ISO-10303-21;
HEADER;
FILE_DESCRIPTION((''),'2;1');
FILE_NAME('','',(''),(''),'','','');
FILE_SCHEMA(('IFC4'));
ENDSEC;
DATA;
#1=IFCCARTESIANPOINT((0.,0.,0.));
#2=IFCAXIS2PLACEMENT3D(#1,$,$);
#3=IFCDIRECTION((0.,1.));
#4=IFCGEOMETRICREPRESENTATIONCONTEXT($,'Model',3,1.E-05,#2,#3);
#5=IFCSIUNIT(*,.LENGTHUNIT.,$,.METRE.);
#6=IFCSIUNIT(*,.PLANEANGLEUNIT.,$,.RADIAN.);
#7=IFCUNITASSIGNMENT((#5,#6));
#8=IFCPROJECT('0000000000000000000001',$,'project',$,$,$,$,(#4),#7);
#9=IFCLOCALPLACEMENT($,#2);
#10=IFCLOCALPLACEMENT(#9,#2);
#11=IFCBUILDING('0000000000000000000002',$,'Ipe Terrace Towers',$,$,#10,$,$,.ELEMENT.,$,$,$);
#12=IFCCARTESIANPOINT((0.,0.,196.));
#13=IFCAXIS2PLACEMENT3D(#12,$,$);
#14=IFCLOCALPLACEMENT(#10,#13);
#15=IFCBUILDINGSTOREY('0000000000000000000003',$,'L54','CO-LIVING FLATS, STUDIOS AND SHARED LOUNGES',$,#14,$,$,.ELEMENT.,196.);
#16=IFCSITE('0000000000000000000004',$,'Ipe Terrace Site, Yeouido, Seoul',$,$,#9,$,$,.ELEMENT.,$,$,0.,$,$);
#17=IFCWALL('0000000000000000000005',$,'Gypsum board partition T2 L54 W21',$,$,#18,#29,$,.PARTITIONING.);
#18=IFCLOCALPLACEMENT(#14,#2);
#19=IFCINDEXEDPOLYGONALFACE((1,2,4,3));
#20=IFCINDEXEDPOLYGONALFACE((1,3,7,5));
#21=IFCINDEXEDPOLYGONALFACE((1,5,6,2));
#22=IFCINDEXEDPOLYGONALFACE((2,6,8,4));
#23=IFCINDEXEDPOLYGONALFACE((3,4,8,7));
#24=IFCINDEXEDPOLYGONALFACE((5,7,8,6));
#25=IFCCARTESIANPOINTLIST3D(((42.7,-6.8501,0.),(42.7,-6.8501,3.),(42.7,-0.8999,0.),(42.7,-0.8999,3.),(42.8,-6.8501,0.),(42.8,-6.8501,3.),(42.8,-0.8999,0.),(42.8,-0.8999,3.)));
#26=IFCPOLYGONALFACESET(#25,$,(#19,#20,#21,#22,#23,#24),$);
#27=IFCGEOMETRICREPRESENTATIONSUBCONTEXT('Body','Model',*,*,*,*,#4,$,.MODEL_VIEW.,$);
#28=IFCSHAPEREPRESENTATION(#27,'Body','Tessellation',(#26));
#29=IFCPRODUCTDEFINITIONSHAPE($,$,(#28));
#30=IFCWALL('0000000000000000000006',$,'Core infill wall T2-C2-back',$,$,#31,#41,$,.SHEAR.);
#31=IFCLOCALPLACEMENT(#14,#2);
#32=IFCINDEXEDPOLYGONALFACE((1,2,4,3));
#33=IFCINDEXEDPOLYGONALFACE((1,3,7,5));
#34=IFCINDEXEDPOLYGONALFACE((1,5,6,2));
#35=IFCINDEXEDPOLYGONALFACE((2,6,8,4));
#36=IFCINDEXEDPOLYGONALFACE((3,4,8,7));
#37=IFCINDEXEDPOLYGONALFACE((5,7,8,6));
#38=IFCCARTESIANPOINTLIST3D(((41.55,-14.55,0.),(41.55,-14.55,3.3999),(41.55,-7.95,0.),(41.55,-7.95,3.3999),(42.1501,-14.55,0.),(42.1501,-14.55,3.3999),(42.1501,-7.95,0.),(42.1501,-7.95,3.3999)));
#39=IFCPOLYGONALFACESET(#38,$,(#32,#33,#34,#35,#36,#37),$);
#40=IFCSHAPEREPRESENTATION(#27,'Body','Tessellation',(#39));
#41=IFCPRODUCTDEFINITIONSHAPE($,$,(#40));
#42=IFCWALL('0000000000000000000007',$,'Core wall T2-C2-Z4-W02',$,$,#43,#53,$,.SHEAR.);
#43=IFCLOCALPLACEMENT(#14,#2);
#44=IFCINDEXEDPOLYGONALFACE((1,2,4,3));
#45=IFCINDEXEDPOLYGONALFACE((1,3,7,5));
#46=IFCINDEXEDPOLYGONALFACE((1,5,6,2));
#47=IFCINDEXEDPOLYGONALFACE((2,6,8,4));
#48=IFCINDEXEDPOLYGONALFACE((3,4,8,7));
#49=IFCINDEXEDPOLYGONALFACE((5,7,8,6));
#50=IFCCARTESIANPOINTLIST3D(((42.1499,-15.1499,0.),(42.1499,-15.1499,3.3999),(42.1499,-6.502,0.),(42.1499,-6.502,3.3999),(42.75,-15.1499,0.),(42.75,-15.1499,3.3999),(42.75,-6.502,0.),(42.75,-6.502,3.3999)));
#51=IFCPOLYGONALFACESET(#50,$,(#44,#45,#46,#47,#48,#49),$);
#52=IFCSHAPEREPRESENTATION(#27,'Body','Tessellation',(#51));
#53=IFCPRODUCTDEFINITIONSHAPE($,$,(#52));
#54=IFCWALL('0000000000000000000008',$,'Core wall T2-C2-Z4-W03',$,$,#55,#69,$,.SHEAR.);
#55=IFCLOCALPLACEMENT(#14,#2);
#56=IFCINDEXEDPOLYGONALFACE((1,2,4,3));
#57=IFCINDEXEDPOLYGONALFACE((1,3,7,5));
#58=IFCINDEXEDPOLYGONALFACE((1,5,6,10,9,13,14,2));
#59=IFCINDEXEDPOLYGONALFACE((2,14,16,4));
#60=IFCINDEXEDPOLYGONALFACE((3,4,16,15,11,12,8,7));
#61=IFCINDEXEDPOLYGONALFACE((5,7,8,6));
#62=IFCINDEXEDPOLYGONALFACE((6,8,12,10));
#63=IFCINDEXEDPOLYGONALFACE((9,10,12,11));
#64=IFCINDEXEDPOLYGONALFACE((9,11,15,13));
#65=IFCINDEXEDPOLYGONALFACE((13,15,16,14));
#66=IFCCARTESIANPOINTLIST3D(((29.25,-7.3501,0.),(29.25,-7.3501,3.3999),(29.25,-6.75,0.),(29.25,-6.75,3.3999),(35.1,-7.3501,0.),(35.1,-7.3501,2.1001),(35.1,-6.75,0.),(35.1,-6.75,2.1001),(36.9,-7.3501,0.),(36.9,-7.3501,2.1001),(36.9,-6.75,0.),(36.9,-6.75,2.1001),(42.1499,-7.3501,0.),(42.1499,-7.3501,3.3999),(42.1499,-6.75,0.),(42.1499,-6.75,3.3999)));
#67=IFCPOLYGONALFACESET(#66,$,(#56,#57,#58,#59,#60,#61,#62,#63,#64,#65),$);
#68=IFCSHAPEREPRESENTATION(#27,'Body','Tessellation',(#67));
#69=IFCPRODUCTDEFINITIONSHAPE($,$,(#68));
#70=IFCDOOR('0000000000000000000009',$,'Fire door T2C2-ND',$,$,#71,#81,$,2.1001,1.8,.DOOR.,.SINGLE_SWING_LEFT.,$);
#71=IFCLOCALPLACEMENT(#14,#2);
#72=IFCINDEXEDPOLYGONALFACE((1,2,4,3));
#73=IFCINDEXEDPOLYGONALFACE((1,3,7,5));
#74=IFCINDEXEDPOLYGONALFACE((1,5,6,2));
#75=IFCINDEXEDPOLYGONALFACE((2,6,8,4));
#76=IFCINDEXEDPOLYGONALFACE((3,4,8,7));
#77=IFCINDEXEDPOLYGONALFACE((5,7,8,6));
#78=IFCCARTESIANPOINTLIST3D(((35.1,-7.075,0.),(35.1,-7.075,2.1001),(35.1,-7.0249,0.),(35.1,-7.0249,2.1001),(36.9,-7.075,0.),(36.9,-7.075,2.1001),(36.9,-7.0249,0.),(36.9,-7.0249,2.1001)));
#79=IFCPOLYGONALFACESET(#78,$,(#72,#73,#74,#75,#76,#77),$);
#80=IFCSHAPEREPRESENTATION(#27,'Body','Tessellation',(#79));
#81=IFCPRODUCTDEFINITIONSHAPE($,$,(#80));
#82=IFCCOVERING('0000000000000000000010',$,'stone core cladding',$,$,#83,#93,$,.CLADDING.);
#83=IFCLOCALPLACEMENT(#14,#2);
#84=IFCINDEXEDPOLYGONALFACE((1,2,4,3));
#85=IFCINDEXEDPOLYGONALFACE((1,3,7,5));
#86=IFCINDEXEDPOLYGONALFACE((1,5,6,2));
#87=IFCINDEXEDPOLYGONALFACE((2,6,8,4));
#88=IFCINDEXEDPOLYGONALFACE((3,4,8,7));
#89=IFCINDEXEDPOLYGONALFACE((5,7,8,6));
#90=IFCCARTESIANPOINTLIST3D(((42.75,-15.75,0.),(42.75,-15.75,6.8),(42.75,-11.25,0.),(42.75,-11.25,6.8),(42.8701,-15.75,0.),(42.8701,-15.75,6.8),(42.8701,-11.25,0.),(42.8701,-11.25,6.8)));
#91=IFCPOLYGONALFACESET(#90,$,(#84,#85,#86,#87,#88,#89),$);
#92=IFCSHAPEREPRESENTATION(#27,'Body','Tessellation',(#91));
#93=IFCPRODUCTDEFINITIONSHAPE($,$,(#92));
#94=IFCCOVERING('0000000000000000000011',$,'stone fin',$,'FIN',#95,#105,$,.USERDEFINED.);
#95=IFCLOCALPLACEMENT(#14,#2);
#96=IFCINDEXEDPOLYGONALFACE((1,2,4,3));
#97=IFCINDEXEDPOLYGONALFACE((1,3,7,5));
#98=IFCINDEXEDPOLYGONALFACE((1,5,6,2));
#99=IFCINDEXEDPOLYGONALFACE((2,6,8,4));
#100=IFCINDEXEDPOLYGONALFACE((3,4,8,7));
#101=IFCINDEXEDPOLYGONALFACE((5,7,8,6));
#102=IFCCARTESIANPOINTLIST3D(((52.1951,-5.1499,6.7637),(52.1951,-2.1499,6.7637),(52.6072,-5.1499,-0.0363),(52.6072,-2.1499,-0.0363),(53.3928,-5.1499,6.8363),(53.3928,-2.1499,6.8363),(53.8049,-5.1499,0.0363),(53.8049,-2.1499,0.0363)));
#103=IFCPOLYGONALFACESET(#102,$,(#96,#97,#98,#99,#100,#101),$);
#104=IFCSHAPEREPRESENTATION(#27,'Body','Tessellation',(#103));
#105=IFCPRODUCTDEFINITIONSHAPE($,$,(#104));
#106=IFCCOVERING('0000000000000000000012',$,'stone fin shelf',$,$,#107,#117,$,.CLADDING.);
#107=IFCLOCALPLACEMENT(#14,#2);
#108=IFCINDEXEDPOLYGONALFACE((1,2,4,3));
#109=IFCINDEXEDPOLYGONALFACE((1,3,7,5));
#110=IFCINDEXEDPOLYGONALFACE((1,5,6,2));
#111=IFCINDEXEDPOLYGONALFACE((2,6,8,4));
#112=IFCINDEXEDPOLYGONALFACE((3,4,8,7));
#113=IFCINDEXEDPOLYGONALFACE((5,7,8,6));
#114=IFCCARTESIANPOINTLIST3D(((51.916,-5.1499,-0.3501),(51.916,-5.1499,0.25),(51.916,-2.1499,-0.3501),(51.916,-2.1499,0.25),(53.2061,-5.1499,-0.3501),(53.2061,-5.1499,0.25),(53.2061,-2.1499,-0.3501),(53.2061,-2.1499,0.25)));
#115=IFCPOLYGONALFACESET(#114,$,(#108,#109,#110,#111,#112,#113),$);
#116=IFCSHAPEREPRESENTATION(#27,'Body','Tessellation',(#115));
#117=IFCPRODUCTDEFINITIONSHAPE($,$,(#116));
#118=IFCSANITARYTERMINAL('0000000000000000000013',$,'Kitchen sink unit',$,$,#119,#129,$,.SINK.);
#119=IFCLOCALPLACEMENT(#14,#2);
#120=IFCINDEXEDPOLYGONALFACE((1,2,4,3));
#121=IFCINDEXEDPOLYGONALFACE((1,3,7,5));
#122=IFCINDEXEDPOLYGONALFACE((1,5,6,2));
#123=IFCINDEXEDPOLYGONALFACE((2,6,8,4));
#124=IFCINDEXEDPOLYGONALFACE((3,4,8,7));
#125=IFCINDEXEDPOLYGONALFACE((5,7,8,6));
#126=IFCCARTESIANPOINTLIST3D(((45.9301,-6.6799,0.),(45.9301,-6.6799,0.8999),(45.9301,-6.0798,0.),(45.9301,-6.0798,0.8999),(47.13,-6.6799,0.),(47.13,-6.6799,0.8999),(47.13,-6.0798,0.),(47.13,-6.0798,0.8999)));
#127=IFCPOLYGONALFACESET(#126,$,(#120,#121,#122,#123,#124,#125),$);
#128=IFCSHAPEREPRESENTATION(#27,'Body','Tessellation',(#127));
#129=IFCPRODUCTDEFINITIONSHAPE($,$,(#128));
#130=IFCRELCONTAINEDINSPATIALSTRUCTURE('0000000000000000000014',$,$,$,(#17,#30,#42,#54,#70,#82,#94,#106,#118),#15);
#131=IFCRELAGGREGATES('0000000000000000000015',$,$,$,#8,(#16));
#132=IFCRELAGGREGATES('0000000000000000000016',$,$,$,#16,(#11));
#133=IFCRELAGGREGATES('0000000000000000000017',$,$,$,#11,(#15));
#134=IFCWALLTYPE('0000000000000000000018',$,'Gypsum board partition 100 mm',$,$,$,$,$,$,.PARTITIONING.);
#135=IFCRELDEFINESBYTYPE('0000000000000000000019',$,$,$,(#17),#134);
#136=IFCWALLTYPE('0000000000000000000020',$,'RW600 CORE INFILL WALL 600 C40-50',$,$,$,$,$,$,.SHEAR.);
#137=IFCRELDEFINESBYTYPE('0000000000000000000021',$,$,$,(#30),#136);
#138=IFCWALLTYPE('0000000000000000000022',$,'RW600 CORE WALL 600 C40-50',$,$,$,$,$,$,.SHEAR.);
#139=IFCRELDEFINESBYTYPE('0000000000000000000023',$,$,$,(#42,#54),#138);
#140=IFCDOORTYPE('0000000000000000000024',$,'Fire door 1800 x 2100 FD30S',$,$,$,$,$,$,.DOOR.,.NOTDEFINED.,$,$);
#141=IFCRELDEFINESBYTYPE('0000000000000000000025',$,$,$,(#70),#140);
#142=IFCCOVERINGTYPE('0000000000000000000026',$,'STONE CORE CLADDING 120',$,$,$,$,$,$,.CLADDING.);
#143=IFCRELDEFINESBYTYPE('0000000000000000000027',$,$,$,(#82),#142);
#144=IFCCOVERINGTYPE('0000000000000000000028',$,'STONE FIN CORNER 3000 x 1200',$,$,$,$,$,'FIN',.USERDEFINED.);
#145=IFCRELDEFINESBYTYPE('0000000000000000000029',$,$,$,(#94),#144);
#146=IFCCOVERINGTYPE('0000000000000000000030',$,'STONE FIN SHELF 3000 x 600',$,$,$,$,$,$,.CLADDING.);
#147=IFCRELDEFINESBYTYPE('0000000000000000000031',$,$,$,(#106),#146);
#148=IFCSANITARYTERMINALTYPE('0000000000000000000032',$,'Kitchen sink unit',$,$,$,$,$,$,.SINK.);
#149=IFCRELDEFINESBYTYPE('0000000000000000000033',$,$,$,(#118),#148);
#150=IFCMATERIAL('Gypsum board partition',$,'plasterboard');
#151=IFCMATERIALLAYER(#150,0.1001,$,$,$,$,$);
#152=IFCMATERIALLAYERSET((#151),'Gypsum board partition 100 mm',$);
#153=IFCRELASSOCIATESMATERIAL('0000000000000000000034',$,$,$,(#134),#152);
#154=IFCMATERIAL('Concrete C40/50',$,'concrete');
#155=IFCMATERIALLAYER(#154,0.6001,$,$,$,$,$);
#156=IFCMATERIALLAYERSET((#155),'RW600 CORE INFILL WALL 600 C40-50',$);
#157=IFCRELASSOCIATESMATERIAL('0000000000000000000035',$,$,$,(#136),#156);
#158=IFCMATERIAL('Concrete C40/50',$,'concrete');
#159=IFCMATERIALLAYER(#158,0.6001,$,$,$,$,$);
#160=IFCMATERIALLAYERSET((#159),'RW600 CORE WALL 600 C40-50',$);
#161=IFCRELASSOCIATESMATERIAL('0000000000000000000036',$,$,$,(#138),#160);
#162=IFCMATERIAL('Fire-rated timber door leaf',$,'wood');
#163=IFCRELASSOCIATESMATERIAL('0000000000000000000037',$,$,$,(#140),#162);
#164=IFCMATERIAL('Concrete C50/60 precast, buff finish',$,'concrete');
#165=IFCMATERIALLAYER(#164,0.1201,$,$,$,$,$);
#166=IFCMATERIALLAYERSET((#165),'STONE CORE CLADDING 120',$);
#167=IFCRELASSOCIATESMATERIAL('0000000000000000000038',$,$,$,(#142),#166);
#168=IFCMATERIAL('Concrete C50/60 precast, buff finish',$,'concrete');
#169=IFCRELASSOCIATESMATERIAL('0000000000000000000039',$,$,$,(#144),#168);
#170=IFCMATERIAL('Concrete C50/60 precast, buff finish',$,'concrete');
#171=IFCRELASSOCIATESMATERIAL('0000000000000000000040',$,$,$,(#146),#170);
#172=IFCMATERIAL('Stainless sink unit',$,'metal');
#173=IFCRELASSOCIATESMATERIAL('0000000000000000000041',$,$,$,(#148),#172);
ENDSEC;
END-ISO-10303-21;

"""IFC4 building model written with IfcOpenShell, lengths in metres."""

from ifc_helpers import new_model, si_unit, direction, frame, frame_2d, origin, origin_2d, place, context, subcontext, project, spatial, rectangle, extrude, material, layer, layer_set, material_profile, profile_set, type_object, element, fill, save


model = new_model("IFC4")

# Units and contexts
model_context = context("Model", 3, precision=1e-05, world=origin(), true_north=direction((0.0, 1.0)))
body_context = subcontext(model_context, "Body", "Model", "MODEL_VIEW")
ifc_project = project(units=[si_unit("LENGTHUNIT", "METRE"), si_unit("PLANEANGLEUNIT", "RADIAN")], contexts=[model_context])

# Site, building, storey
site_placement = place(None, origin())
site = spatial("IfcSite", under=ifc_project, at=site_placement, Name="Ipe Terrace Site, Yeouido, Seoul", CompositionType="ELEMENT", RefElevation=0.0)
building_placement = place(site_placement, origin())
building = spatial("IfcBuilding", under=site, at=building_placement, Name="Ipe Terrace Towers", CompositionType="ELEMENT")
storey_placement = place(building_placement, frame((0.0, 0.0, 196.0)))
storey = spatial("IfcBuildingStorey", under=building, at=storey_placement, Name="L54", Description="CO-LIVING FLATS, STUDIOS AND SHARED LOUNGES", CompositionType="ELEMENT", Elevation=196.0)

# Shared definitions
ifc_material_1 = material(Name="Gypsum board partition", Category="plasterboard")
ifc_layer_1 = layer(ifc_material_1, 0.1001)
ifc_layer_set_1 = layer_set([ifc_layer_1], Name="Gypsum board partition 100 mm")
wall_type_1 = type_object("IfcWallType", Name="Gypsum board partition 100 mm", PredefinedType="PARTITIONING", material=ifc_layer_set_1)

# Walls
wall_1_placement = place(storey_placement, frame((42.75, -6.8501, 0.0), z_axis=(0.0, 0.0, 1.0), x_axis=(0.0, 1.0, 0.0)))
element("IfcWall", 1, at=wall_1_placement, inside=storey, type_object=wall_type_1, Name="Gypsum board partition T2 L54 W21", PredefinedType="PARTITIONING", context=body_context, shape_type="SweptSolid", body=[
    extrude(rectangle(XDim=5.9502, YDim=0.1001, at=frame_2d((2.9751, 0.0))), origin(), (0.0, 0.0, 1.0), 3.0),
])
ifc_material_2 = material(Name="Concrete C40/50", Category="concrete")
ifc_layer_2 = layer(ifc_material_2, 0.6001)
ifc_layer_set_2 = layer_set([ifc_layer_2], Name="RW600 CORE INFILL WALL 600 C40-50")
wall_type_2 = type_object("IfcWallType", Name="RW600 CORE INFILL WALL 600 C40-50", PredefinedType="SHEAR", material=ifc_layer_set_2)
wall_2_placement = place(storey_placement, frame((41.8501, -7.95, 0.0), z_axis=(0.0, 0.0, 1.0), x_axis=(0.0, -1.0, 0.0)))
element("IfcWall", 2, at=wall_2_placement, inside=storey, type_object=wall_type_2, Name="Core infill wall T2-C2-back", PredefinedType="SHEAR", context=body_context, shape_type="SweptSolid", body=[
    extrude(rectangle(XDim=6.6001, YDim=0.6001, at=frame_2d((3.3, 0.0))), origin(), (0.0, 0.0, 1.0), 3.3999),
])
ifc_material_3 = material(Name="Concrete C40/50", Category="concrete")
ifc_layer_3 = layer(ifc_material_3, 0.6001)
ifc_layer_set_3 = layer_set([ifc_layer_3], Name="RW600 CORE WALL 600 C40-50")
wall_type_3 = type_object("IfcWallType", Name="RW600 CORE WALL 600 C40-50", PredefinedType="SHEAR", material=ifc_layer_set_3)
wall_3_placement = place(storey_placement, frame((42.45, -15.1499, 0.0), z_axis=(0.0, 0.0, 1.0), x_axis=(0.0, 1.0, 0.0)))
element("IfcWall", 3, at=wall_3_placement, inside=storey, type_object=wall_type_3, Name="Core wall T2-C2-Z4-W02", PredefinedType="SHEAR", context=body_context, shape_type="SweptSolid", body=[
    extrude(rectangle(XDim=8.6479, YDim=0.6001, at=frame_2d((4.324, 0.0))), origin(), (0.0, 0.0, 1.0), 3.3999),
])

# Wall, opening, door
wall_4_placement = place(storey_placement, frame((42.1499, -7.05, 0.0), z_axis=(0.0, 0.0, 1.0), x_axis=(-1.0, 0.0, 0.0)))
wall_4 = element("IfcWall", 4, at=wall_4_placement, inside=storey, type_object=wall_type_3, Name="Core wall T2-C2-Z4-W03", PredefinedType="SHEAR", context=body_context, shape_type="SweptSolid", body=[
    extrude(rectangle(XDim=12.8999, YDim=0.6001, at=frame_2d((6.45, 0.0))), origin(), (0.0, 0.0, 1.0), 3.3999),
])
opening_1_placement = place(wall_4_placement, frame((5.25, 0.0, 0.0)))
opening_1 = element("IfcOpeningElement", 5, at=opening_1_placement, cuts=wall_4, PredefinedType="OPENING", context=body_context, shape_type="SweptSolid", body=[
    extrude(rectangle(XDim=1.8, YDim=2.1001, at=frame_2d((0.8999, 1.05))), frame((0.0, 0.3101, 0.0), z_axis=(0.0, -1.0, 0.0), x_axis=(1.0, 0.0, 0.0)), (0.0, 0.0, 1.0), 0.6201),
])
ifc_material_4 = material(Name="Fire-rated timber door leaf", Category="wood")
door_type_1 = type_object("IfcDoorType", Name="Fire door 1800 x 2100 FD30S", OperationType="NOTDEFINED", PredefinedType="DOOR", material=ifc_material_4)
door_1_placement = place(opening_1_placement, origin())
door_1 = element("IfcDoor", 6, at=door_1_placement, inside=storey, type_object=door_type_1, Name="Fire door T2C2-ND", OperationType="SINGLE_SWING_LEFT", OverallHeight=2.1001, OverallWidth=1.8, PredefinedType="DOOR", context=body_context, shape_type="SweptSolid", body=[
    extrude(rectangle(XDim=1.8, YDim=2.1001, at=frame_2d((0.8999, 1.05))), frame((0.0, 0.0249, 0.0), z_axis=(0.0, -1.0, 0.0), x_axis=(1.0, 0.0, 0.0)), (0.0, 0.0, 1.0), 0.05),
])
fill(opening_1, door_1)

# Coverings
ifc_material_5 = material(Name="Concrete C50/60 precast, buff finish", Category="concrete")
ifc_layer_4 = layer(ifc_material_5, 0.1201)
ifc_layer_set_4 = layer_set([ifc_layer_4], Name="STONE CORE CLADDING 120")
covering_type_1 = type_object("IfcCoveringType", Name="STONE CORE CLADDING 120", PredefinedType="CLADDING", material=ifc_layer_set_4)
covering_1_placement = place(storey_placement, frame((42.8101, -13.5, 0.0), z_axis=(0.0, 0.0, 1.0), x_axis=(0.0, 1.0, 0.0)))
element("IfcCovering", 7, at=covering_1_placement, inside=storey, type_object=covering_type_1, Name="stone core cladding", PredefinedType="CLADDING", context=body_context, shape_type="SweptSolid", body=[
    extrude(rectangle(XDim=4.5, YDim=0.1201, at=origin_2d()), origin(), (0.0, 0.0, 1.0), 6.8),
])
ifc_material_6 = material(Name="Concrete C50/60 precast, buff finish", Category="concrete")
ifc_material_profile_1 = material_profile(ifc_material_6, rectangle(XDim=3.0, YDim=1.2, at=origin_2d()), Name="STONE FIN CORNER 3000 x 1200")
ifc_profile_set_1 = profile_set([ifc_material_profile_1], Name="Concrete C50/60 precast, buff finish")
covering_type_2 = type_object("IfcCoveringType", Name="STONE FIN CORNER 3000 x 1200", ElementType="FIN", PredefinedType="USERDEFINED", material=ifc_profile_set_1)
covering_2_placement = place(storey_placement, frame((53.2061, -3.6499, 0.0), z_axis=(-0.060493, 0.0, 0.998169), x_axis=(0.0, 1.0, 0.0)))
element("IfcCovering", 8, at=covering_2_placement, inside=storey, type_object=covering_type_2, Name="stone fin", ObjectType="FIN", PredefinedType="USERDEFINED", context=body_context, shape_type="SweptSolid", body=[
    extrude(rectangle(XDim=3.0, YDim=1.2, at=origin_2d()), origin(), (0.0, 0.0, 1.0), 6.8125),
])
ifc_material_7 = material(Name="Concrete C50/60 precast, buff finish", Category="concrete")
covering_type_3 = type_object("IfcCoveringType", Name="STONE FIN SHELF 3000 x 600", PredefinedType="CLADDING", material=ifc_material_7)
covering_3_placement = place(storey_placement, frame((52.561, -3.6499, -0.3501), z_axis=(0.0, 0.0, 1.0), x_axis=(0.0, 1.0, 0.0)))
element("IfcCovering", 9, at=covering_3_placement, inside=storey, type_object=covering_type_3, Name="stone fin shelf", PredefinedType="CLADDING", context=body_context, shape_type="SweptSolid", body=[
    extrude(rectangle(XDim=3.0, YDim=1.29, at=origin_2d()), origin(), (0.0, 0.0, 1.0), 0.6001),
])

# Sanitary terminal
ifc_material_8 = material(Name="Stainless sink unit", Category="metal")
sanitary_terminal_type = type_object("IfcSanitaryTerminalType", Name="Kitchen sink unit", PredefinedType="SINK", material=ifc_material_8)
sanitary_terminal_placement = place(storey_placement, frame((46.53, -6.3799, 0.0), z_axis=(0.0, 0.0, 1.0), x_axis=(-1.0, 0.0, 0.0)))
element("IfcSanitaryTerminal", 10, at=sanitary_terminal_placement, inside=storey, type_object=sanitary_terminal_type, Name="Kitchen sink unit", PredefinedType="SINK", context=body_context, shape_type="SweptSolid", body=[
    extrude(rectangle(XDim=1.2, YDim=0.6001, at=origin_2d()), origin(), (0.0, 0.0, 1.0), 0.8999),
])

save(model, "model.ifc")
